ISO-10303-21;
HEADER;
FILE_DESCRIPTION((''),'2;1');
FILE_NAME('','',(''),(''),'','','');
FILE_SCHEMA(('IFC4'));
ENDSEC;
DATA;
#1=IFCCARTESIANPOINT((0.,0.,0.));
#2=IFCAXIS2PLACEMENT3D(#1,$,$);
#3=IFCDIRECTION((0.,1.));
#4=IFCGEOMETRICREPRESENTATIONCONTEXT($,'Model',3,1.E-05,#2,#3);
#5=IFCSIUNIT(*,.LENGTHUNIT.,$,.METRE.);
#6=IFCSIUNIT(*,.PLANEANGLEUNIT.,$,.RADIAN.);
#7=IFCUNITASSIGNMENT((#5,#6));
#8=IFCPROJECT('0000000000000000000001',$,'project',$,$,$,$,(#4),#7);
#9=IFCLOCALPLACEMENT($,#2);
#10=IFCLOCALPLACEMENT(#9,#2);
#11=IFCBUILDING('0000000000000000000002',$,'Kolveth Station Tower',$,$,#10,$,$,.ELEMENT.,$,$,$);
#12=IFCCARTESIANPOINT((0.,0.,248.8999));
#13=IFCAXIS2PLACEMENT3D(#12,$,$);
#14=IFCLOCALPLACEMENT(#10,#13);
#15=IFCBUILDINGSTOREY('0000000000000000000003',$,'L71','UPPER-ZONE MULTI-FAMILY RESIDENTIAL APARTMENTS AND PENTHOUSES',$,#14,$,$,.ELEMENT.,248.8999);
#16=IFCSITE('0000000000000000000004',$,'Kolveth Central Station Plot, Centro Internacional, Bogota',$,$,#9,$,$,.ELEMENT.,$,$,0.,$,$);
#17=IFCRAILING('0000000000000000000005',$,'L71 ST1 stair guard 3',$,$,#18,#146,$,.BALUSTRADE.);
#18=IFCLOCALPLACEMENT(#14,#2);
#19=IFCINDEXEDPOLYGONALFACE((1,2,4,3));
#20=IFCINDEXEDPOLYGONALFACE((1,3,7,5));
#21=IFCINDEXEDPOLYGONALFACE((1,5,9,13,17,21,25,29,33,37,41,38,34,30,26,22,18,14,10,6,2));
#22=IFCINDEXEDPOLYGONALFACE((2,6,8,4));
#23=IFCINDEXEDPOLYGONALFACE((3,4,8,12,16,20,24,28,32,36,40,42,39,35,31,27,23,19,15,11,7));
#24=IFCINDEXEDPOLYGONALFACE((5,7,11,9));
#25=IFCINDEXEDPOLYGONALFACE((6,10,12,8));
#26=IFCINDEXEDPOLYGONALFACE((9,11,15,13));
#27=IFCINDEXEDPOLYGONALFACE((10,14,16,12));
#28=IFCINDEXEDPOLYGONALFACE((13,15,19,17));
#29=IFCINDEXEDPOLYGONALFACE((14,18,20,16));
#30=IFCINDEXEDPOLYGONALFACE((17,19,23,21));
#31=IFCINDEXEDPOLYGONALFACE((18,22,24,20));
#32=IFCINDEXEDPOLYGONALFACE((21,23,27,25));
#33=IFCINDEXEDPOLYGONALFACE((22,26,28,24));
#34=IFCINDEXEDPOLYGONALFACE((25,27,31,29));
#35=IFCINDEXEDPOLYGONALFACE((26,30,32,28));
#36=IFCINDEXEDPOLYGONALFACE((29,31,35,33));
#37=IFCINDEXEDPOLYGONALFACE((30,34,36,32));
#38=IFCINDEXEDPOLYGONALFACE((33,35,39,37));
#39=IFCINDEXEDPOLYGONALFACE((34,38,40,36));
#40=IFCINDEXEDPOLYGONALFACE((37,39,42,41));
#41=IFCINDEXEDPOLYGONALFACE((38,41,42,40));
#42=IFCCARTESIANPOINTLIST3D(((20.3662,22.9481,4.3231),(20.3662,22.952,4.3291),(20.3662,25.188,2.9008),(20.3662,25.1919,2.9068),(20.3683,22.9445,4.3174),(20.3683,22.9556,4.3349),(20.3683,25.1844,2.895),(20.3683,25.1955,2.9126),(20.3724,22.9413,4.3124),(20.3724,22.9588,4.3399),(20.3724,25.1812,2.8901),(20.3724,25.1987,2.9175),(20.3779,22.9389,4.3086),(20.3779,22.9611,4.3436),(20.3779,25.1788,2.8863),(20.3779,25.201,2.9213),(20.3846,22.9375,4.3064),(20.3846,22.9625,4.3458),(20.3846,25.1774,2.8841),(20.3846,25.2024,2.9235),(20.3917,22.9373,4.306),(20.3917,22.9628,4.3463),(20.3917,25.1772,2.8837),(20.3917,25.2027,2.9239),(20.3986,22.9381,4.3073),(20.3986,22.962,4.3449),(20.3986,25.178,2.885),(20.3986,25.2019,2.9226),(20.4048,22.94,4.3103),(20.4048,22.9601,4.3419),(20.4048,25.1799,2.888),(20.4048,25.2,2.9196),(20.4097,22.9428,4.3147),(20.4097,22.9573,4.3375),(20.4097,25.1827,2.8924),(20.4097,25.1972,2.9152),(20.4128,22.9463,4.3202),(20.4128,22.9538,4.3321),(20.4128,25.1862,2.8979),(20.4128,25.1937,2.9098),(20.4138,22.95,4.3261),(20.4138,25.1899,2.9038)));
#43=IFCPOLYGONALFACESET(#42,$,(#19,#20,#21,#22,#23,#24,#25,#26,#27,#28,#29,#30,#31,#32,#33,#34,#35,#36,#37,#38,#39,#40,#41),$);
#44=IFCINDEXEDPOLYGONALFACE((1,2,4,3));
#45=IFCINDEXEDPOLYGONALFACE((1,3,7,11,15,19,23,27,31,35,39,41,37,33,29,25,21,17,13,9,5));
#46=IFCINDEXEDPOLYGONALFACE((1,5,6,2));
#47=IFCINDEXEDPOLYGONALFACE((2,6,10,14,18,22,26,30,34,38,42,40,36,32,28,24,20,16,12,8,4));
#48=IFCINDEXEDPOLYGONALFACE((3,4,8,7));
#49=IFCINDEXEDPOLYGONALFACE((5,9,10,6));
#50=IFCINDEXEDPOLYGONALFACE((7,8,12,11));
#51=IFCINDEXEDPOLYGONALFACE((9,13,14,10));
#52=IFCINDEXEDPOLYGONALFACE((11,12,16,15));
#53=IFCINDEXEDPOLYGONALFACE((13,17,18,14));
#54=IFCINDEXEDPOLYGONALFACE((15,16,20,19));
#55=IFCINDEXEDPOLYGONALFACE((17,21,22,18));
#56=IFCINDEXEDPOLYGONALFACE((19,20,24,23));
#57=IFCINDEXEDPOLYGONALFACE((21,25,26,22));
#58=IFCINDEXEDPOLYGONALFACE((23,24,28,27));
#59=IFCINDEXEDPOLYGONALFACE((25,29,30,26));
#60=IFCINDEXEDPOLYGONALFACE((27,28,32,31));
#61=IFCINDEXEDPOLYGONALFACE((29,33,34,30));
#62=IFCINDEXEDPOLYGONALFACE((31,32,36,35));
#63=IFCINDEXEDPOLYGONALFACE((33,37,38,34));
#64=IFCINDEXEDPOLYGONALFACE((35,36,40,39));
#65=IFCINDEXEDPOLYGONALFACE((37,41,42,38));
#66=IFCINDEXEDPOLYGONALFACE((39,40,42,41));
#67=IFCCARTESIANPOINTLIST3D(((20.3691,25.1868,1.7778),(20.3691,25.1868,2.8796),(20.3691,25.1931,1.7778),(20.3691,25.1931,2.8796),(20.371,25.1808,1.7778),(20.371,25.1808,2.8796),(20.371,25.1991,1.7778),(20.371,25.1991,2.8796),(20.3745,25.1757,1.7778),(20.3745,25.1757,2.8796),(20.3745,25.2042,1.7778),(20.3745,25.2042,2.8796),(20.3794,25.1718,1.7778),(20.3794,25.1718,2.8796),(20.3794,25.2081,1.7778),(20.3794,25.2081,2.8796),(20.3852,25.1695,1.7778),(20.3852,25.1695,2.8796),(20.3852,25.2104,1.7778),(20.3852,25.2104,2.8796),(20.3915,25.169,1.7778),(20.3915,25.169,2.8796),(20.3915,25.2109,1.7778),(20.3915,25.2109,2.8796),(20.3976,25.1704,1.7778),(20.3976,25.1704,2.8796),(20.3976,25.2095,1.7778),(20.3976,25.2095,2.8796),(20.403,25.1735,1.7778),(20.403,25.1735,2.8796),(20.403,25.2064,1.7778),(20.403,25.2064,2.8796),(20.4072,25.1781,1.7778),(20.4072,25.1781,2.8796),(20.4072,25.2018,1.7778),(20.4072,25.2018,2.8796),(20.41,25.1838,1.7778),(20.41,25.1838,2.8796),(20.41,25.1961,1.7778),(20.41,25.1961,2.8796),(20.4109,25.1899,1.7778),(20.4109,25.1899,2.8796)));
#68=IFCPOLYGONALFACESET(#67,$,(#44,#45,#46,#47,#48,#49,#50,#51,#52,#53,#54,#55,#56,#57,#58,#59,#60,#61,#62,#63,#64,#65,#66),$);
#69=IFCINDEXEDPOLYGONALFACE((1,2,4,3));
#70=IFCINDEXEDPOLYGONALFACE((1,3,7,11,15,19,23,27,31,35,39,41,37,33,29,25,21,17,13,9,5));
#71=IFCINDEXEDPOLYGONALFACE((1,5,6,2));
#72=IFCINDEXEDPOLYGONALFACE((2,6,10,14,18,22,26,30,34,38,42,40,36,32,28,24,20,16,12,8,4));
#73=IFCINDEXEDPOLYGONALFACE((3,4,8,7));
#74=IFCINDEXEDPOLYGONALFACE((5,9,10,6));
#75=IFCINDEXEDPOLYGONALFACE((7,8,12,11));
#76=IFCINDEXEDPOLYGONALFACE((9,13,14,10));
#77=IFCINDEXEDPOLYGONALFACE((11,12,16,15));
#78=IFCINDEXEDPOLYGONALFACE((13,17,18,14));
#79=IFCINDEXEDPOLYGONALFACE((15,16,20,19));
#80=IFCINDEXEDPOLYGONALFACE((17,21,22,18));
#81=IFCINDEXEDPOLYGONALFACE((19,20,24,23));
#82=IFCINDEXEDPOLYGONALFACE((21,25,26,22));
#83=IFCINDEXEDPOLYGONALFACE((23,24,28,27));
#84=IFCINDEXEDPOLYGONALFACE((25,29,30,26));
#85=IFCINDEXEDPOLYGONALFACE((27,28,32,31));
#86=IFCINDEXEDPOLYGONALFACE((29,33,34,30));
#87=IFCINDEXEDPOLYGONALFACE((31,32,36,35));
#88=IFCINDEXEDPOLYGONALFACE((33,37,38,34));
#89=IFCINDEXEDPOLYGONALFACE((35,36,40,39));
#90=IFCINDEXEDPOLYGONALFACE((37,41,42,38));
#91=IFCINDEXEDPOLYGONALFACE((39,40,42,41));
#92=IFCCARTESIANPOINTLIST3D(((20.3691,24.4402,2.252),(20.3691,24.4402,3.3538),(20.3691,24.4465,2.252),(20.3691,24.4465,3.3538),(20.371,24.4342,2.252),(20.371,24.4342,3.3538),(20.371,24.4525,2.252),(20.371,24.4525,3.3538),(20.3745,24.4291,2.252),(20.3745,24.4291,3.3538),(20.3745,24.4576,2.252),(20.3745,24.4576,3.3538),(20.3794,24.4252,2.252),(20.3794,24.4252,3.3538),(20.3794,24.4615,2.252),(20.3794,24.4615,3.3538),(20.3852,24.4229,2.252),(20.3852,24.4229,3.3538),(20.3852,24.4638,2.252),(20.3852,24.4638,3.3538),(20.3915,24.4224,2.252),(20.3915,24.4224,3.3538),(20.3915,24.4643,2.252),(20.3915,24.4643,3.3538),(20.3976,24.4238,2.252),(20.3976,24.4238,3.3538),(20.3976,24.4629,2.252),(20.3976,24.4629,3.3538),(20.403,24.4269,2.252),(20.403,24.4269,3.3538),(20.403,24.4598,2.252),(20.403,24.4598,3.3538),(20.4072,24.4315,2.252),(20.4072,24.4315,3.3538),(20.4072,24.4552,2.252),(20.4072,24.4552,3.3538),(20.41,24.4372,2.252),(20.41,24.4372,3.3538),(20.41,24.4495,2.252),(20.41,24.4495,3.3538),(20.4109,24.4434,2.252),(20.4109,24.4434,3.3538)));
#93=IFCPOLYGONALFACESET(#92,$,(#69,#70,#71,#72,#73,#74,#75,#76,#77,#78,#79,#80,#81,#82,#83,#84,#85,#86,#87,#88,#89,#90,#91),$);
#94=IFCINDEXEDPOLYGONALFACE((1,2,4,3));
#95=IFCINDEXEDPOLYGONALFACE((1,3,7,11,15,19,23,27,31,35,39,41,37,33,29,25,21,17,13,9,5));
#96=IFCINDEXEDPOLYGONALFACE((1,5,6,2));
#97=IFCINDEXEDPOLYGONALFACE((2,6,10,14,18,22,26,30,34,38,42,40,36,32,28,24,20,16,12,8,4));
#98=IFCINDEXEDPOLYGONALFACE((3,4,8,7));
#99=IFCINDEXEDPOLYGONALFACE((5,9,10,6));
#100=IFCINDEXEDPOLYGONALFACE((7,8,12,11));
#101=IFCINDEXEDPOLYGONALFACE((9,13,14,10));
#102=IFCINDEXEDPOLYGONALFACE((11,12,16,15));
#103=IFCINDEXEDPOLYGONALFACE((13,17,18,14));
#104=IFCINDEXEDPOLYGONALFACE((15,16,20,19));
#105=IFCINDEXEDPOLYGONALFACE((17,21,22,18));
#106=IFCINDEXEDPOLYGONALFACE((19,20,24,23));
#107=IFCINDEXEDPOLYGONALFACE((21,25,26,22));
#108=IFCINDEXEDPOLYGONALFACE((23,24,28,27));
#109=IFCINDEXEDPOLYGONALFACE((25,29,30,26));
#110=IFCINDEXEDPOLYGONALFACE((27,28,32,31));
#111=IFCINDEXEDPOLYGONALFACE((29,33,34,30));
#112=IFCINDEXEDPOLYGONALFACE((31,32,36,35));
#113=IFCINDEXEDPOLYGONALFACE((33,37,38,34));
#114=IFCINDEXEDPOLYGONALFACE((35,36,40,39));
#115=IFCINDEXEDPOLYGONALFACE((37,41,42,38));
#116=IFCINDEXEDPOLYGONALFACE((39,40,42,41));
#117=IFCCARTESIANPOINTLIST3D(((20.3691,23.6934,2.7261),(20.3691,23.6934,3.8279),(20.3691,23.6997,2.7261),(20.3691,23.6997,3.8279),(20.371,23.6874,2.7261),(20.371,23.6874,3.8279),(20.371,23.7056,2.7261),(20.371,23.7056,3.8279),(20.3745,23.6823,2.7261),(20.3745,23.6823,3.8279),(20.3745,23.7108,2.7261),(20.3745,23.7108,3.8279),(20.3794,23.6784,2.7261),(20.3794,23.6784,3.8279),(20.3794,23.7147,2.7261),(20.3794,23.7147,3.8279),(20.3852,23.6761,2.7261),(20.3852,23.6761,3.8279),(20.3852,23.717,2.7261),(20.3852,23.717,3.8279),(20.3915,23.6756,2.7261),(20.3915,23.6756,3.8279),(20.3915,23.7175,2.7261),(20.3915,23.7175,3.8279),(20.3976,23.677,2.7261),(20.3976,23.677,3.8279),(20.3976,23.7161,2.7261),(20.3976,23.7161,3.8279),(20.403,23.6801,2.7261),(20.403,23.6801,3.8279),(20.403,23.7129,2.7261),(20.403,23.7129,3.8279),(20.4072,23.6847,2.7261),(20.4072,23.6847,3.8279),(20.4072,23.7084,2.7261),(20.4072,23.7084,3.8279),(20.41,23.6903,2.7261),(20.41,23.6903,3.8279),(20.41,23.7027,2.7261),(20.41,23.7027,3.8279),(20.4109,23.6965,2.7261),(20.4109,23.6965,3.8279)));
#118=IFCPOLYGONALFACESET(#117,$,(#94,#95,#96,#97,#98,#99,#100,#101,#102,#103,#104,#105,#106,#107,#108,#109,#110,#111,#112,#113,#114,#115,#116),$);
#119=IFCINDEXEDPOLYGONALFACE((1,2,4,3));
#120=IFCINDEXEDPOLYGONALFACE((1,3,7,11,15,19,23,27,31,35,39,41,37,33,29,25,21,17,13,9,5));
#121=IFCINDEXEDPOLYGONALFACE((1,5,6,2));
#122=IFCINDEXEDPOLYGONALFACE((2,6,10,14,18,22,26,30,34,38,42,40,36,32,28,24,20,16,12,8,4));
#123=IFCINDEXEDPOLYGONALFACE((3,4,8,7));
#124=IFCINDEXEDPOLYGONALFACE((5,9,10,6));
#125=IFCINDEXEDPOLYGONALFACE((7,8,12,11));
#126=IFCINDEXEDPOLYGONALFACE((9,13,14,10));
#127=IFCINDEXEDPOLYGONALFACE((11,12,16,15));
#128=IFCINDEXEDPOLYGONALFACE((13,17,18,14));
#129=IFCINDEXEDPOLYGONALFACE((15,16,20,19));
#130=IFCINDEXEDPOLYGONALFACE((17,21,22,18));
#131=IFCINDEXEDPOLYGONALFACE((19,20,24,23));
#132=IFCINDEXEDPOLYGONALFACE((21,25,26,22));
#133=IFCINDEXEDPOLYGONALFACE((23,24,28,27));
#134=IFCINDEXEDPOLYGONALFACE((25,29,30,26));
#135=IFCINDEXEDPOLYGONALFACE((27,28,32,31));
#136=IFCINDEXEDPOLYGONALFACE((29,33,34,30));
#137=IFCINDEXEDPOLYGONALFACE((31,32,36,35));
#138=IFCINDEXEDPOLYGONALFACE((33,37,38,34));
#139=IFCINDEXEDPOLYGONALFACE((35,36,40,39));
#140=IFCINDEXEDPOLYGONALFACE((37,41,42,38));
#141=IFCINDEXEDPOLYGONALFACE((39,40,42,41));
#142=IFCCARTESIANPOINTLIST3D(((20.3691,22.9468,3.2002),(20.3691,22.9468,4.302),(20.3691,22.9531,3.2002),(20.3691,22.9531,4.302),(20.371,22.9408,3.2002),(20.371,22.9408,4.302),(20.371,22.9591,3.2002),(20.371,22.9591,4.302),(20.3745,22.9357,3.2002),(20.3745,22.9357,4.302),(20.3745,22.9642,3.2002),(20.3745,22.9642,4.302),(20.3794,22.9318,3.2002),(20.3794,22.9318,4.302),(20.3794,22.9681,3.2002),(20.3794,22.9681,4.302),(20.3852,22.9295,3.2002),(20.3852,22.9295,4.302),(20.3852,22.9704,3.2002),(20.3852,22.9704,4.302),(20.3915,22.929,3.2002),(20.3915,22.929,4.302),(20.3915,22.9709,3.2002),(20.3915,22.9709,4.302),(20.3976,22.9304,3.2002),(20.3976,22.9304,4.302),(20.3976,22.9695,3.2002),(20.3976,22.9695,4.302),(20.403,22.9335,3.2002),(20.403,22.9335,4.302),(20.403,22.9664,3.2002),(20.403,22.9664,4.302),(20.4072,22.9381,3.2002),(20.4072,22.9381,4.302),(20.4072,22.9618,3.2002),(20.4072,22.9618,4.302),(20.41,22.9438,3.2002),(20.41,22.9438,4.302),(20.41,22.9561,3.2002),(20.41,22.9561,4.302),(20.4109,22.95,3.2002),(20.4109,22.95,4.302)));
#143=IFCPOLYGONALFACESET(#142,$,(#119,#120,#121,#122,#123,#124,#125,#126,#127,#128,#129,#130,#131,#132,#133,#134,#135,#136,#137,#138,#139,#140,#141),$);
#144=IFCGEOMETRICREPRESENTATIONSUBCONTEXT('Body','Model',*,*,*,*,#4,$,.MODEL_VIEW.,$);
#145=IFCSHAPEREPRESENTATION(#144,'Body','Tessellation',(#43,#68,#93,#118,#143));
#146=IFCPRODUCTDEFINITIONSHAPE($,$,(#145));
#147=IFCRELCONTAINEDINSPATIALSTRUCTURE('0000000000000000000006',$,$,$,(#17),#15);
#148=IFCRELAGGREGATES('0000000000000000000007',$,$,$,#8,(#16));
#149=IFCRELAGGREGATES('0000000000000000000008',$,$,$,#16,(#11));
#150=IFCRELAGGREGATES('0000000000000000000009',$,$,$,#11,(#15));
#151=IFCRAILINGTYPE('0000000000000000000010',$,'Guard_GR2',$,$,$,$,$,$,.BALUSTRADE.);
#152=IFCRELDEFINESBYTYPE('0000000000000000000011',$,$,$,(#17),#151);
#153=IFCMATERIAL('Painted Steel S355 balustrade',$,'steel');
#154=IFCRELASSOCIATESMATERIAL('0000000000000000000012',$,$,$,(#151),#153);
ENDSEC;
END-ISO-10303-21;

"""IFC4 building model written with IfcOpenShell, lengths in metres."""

from ifc_helpers import new_model, si_unit, direction, frame, origin, origin_2d, place, context, subcontext, project, spatial, circle, extrude, material, type_object, element, save


model = new_model("IFC4")

# Units and contexts
model_context = context("Model", 3, precision=1e-05, world=origin(), true_north=direction((0.0, 1.0)))
body_context = subcontext(model_context, "Body", "Model", "MODEL_VIEW")
ifc_project = project(units=[si_unit("LENGTHUNIT", "METRE"), si_unit("PLANEANGLEUNIT", "RADIAN")], contexts=[model_context])

# Site, building, storey
site_placement = place(None, origin())
site = spatial("IfcSite", under=ifc_project, at=site_placement, Name="Kolveth Central Station Plot, Centro Internacional, Bogota", CompositionType="ELEMENT", RefElevation=0.0)
building_placement = place(site_placement, origin())
building = spatial("IfcBuilding", under=site, at=building_placement, Name="Kolveth Station Tower", CompositionType="ELEMENT")
storey_placement = place(building_placement, frame((0.0, 0.0, 248.8999)))
storey = spatial("IfcBuildingStorey", under=building, at=storey_placement, Name="L71", Description="UPPER-ZONE MULTI-FAMILY RESIDENTIAL APARTMENTS AND PENTHOUSES", CompositionType="ELEMENT", Elevation=248.8999)

# Railing
ifc_material_1 = material(Name="Painted Steel S355 balustrade", Category="steel")
railing_type_1 = type_object("IfcRailingType", Name="Guard_GR2", PredefinedType="BALUSTRADE", material=ifc_material_1)
railing_1_placement = place(storey_placement, frame((20.3899, 25.1899, 1.7778)))
element("IfcRailing", 1, at=railing_1_placement, inside=storey, type_object=railing_type_1, Name="L71 ST1 stair guard 3", PredefinedType="BALUSTRADE", context=body_context, shape_type="SweptSolid", body=[
    extrude(circle(Radius=0.0239, at=origin_2d()), frame((0.0, 0.0, 1.126), z_axis=(0.0, -0.844188, 0.536048), x_axis=(1.0, 0.0, 0.0)), (0.0, 0.0, 1.0), 2.6533),
    extrude(circle(Radius=0.021, at=origin_2d()), origin(), (0.0, 0.0, 1.0), 1.1018),
    extrude(circle(Radius=0.021, at=origin_2d()), frame((0.0, -0.7466, 0.4741)), (0.0, 0.0, 1.0), 1.1018),
    extrude(circle(Radius=0.021, at=origin_2d()), frame((0.0, -1.4934, 0.9482)), (0.0, 0.0, 1.0), 1.1018),
    extrude(circle(Radius=0.021, at=origin_2d()), frame((0.0, -2.24, 1.4224)), (0.0, 0.0, 1.0), 1.1018),
])

save(model, "model.ifc")
